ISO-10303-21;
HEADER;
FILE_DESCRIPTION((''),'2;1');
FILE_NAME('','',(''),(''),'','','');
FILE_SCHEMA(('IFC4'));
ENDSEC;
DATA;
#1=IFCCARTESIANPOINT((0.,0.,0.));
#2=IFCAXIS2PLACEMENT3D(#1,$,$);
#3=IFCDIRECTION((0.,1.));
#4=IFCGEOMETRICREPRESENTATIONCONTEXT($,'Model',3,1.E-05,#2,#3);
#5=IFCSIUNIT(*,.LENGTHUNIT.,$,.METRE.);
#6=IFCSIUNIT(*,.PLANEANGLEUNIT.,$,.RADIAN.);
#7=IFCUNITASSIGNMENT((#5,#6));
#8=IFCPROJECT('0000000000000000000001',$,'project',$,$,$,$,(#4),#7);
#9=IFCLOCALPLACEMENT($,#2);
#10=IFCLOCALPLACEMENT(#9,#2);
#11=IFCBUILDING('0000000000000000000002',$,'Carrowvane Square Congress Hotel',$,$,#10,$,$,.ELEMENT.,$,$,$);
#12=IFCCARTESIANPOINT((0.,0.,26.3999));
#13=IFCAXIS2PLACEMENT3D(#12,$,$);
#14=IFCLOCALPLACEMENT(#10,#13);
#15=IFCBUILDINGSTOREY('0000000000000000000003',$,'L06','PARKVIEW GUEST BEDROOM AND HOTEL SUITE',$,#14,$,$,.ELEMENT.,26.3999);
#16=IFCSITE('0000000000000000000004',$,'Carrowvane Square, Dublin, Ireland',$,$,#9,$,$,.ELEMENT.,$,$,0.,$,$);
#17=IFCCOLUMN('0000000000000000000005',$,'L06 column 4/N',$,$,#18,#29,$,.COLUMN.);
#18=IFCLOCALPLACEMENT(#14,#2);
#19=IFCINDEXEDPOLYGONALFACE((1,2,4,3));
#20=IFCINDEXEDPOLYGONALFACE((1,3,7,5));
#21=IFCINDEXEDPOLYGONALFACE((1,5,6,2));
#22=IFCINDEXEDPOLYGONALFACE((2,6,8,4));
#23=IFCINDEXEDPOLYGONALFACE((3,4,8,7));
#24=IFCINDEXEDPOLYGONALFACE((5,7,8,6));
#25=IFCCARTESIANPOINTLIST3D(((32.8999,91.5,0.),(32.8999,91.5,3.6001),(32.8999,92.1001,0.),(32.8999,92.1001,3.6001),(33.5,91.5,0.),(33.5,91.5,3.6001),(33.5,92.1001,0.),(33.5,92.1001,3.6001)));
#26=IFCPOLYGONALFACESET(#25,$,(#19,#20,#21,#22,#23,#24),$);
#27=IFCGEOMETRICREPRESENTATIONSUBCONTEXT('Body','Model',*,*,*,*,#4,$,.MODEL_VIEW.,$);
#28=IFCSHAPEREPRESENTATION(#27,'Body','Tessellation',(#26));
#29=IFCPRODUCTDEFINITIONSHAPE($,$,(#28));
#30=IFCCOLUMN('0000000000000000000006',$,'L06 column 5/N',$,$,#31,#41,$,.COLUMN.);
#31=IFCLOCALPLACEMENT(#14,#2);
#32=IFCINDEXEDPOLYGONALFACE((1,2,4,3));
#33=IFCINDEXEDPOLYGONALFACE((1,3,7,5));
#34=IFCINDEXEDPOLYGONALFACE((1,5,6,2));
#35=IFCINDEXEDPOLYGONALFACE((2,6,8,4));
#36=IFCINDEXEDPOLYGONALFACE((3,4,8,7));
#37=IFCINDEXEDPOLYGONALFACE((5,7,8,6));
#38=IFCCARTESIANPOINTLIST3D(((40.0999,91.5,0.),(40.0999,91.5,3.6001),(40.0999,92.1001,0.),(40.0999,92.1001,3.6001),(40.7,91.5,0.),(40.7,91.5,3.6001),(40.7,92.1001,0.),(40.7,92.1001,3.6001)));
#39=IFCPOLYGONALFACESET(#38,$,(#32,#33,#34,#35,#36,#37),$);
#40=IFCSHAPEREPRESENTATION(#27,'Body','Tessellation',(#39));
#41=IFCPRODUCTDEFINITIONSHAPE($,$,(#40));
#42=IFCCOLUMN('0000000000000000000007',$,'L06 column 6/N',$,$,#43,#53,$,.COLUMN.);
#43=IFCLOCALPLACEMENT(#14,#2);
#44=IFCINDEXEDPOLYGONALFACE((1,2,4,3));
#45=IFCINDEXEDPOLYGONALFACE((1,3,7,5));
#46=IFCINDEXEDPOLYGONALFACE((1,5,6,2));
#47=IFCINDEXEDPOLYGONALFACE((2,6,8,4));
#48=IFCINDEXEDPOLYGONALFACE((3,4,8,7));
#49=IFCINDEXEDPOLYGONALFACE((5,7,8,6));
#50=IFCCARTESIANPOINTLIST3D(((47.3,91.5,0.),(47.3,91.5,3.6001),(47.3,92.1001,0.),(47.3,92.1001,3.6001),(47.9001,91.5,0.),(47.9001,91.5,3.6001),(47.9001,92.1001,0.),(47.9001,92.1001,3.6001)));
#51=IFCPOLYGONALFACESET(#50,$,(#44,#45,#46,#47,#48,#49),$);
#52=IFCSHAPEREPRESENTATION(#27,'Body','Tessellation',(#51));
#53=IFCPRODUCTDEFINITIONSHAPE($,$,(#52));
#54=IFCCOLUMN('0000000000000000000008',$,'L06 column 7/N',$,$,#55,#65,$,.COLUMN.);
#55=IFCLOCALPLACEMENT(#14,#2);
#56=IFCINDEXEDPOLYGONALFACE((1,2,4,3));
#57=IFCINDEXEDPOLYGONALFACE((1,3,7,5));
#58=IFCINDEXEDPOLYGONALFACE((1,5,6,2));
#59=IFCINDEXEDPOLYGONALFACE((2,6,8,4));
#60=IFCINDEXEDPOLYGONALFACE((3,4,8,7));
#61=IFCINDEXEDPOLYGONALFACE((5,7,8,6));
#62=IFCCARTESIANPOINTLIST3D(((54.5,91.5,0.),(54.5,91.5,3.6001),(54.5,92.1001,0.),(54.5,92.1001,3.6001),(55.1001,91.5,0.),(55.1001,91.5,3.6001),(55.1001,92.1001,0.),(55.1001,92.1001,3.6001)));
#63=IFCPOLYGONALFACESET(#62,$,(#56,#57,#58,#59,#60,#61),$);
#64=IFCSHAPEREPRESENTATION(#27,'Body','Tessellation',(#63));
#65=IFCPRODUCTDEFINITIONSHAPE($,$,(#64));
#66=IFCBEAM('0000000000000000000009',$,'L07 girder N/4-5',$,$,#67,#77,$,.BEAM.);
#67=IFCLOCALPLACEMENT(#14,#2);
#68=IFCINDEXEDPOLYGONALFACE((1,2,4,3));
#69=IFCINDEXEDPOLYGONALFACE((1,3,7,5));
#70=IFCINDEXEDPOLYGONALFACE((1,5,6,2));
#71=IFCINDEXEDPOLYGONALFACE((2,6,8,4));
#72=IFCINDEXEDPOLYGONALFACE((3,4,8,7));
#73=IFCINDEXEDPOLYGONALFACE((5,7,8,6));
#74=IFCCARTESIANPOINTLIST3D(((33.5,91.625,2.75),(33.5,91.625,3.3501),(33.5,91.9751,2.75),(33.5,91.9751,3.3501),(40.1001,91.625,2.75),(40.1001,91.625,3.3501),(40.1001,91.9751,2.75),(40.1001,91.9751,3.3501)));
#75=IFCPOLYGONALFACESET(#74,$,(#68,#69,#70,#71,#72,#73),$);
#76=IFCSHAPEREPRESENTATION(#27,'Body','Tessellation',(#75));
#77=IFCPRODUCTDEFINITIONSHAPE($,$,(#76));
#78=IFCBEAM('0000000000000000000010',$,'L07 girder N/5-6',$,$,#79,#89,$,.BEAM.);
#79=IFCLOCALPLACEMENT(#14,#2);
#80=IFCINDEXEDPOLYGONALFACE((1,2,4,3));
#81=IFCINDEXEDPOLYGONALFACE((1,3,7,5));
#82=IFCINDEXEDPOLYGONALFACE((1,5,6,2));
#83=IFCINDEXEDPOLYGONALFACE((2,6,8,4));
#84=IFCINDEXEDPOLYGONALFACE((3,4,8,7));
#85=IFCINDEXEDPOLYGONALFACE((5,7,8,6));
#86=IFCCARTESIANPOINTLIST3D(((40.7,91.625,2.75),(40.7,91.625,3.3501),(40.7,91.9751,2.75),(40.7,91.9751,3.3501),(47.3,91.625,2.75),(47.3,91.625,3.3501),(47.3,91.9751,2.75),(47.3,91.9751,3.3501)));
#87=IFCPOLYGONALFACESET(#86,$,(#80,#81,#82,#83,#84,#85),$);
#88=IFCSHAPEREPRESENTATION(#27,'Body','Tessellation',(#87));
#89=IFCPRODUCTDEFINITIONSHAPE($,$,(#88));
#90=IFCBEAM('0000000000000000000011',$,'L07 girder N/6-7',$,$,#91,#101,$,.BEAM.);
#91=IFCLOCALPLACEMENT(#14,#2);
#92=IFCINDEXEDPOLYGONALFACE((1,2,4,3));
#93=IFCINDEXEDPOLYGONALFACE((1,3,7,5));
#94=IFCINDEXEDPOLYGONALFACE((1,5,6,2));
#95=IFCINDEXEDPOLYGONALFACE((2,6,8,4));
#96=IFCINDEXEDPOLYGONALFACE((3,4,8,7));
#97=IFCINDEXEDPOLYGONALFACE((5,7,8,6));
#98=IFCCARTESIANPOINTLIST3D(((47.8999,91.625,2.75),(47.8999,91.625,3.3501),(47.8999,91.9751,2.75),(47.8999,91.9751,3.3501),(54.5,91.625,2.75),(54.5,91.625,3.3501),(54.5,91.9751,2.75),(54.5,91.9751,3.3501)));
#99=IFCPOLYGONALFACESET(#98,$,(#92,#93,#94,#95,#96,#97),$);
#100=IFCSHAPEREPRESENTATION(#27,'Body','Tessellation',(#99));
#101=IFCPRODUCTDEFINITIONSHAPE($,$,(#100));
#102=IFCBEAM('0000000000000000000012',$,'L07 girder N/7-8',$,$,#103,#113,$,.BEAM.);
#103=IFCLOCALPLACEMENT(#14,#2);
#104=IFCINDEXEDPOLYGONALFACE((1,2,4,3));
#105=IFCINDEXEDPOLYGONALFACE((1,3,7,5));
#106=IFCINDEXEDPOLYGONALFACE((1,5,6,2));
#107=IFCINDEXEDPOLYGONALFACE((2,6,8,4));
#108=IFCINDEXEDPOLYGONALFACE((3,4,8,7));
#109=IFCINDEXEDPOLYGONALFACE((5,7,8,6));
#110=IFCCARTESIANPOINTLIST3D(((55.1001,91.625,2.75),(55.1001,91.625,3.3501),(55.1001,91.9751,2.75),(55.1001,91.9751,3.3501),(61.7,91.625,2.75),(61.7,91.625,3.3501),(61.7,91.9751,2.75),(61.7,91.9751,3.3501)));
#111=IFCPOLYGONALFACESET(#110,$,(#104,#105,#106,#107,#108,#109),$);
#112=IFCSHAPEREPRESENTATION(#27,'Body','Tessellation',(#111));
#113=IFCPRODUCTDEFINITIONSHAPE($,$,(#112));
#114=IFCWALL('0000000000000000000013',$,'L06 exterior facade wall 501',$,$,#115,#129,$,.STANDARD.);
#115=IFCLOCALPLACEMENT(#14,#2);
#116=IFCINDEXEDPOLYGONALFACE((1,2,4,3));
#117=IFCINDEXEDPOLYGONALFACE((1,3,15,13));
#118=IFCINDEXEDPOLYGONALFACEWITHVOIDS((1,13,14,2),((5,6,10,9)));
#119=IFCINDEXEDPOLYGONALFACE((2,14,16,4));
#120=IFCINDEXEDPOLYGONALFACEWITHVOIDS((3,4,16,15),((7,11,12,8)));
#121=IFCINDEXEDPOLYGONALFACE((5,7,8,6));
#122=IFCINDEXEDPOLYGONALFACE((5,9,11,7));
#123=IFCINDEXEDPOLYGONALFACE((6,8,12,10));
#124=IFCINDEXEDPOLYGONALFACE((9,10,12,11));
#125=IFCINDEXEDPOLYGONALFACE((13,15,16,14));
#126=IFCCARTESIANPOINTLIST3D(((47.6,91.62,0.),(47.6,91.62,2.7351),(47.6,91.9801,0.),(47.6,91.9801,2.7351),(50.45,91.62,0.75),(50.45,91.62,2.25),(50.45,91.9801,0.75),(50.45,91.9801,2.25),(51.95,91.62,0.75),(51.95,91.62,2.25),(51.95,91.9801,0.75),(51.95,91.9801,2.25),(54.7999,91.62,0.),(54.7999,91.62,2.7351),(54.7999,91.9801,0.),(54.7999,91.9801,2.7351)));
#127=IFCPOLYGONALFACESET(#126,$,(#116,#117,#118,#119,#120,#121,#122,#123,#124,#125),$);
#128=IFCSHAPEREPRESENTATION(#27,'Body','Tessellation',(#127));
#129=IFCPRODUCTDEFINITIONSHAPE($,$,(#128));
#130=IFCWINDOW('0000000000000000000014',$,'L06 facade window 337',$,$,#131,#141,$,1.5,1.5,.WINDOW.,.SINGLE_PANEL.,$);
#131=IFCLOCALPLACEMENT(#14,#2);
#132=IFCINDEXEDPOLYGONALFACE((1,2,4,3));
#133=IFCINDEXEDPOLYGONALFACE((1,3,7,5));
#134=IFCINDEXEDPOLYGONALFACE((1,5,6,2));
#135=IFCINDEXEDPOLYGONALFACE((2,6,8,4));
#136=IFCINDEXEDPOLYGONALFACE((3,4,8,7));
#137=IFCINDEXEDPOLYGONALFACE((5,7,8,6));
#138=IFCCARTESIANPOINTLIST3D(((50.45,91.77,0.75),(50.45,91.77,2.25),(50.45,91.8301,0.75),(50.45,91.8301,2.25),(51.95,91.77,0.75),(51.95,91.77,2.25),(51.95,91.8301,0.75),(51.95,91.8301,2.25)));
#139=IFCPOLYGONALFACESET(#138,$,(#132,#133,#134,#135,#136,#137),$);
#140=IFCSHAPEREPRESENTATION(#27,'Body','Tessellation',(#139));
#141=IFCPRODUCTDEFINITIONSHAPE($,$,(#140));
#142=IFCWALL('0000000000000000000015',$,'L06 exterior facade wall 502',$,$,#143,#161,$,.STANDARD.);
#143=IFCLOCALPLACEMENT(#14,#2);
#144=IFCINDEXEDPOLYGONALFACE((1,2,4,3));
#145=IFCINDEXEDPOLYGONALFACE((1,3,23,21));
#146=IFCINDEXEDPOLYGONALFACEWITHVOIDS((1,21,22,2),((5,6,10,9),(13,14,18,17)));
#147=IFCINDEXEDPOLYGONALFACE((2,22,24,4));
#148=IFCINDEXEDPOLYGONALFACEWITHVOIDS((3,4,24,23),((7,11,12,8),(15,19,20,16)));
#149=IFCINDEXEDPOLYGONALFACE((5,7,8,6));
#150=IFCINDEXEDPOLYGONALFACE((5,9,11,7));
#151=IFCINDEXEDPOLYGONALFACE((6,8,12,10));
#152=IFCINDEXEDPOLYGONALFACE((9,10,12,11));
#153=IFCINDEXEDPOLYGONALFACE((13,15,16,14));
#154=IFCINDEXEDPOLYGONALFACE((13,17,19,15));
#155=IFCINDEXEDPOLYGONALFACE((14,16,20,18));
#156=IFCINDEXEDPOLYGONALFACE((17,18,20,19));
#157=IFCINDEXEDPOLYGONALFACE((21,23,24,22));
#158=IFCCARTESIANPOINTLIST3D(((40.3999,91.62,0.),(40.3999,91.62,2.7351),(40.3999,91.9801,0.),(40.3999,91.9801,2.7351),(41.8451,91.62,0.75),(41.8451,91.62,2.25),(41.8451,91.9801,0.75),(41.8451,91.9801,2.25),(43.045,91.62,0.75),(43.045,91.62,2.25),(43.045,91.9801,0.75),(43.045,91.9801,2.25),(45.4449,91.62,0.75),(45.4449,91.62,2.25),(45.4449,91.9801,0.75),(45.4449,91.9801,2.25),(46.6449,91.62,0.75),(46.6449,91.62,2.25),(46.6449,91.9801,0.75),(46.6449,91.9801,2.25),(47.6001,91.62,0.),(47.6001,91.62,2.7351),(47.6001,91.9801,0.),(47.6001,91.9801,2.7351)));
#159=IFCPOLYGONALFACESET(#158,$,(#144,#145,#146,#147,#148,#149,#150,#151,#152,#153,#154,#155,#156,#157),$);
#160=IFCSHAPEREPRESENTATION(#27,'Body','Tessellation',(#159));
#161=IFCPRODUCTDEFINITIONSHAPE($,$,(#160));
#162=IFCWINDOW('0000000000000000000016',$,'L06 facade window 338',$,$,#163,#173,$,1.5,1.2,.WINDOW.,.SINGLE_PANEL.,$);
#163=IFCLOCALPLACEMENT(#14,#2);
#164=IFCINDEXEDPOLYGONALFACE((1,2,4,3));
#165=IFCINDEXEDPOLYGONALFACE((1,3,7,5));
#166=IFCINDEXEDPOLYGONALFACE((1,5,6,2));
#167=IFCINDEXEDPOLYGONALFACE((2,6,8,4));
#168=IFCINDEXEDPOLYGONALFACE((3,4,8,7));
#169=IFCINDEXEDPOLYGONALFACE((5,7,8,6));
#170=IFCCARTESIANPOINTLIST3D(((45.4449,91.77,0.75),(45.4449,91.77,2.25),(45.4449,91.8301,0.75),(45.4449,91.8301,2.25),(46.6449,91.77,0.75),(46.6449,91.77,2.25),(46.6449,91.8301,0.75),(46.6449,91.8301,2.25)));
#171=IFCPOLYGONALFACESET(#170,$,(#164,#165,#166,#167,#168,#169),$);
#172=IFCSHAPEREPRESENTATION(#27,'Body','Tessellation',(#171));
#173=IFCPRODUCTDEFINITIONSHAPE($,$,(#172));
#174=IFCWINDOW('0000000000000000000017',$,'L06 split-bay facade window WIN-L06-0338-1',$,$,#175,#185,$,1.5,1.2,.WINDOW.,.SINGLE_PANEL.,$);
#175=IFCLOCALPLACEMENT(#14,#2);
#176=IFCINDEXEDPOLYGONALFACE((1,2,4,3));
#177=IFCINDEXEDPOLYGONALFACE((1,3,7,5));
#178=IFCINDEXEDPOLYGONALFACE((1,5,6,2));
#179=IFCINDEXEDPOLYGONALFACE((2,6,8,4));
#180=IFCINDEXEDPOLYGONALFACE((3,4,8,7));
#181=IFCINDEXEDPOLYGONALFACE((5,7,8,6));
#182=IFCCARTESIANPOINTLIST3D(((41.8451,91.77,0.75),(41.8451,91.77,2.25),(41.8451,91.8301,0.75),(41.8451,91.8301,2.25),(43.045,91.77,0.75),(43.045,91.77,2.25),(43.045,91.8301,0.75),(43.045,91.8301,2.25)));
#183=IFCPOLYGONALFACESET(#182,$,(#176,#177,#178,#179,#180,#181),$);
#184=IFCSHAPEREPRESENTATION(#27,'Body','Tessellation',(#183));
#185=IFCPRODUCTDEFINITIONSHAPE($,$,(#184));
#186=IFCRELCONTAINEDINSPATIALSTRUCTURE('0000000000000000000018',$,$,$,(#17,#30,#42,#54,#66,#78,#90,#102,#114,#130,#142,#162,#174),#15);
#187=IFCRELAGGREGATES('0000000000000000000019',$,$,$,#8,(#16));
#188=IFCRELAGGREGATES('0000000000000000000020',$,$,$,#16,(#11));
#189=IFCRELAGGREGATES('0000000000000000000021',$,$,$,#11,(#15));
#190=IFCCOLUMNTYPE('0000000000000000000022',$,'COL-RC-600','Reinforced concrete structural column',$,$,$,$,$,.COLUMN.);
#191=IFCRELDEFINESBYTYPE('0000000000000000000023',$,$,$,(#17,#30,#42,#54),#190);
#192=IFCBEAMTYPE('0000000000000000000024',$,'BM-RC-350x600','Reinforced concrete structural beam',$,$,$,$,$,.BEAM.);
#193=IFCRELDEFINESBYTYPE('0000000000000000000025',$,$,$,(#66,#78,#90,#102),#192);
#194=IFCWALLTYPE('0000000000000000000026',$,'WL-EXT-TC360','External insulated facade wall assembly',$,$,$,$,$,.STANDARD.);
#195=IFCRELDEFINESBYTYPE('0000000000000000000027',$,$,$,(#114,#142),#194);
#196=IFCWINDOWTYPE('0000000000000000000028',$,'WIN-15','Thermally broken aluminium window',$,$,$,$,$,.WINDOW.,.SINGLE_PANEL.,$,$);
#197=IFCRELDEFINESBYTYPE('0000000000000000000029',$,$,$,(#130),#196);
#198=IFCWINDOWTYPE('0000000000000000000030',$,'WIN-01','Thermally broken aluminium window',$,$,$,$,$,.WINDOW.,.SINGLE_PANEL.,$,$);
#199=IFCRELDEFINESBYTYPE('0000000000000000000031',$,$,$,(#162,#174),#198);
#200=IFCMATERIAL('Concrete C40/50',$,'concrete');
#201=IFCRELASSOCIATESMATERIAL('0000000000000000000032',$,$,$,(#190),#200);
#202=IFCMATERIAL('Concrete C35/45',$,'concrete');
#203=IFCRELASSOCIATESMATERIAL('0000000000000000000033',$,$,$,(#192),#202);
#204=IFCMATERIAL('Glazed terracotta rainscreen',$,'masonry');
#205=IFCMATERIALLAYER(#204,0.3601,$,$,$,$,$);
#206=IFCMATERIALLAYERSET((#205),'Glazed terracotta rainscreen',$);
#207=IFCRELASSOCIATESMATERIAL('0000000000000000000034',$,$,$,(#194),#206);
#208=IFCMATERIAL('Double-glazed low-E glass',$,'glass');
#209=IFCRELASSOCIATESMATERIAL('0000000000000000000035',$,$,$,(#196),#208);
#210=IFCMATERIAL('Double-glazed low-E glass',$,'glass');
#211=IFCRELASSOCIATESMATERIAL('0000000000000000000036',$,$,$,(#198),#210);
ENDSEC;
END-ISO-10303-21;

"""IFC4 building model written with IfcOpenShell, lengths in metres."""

from ifc_helpers import new_model, si_unit, direction, frame, frame_2d, origin, origin_2d, place, context, subcontext, project, spatial, rectangle, extrude, material, layer, layer_set, material_profile, profile_set, type_object, element, fill, save


model = new_model("IFC4")

# Units and contexts
model_context = context("Model", 3, precision=1e-05, world=origin(), true_north=direction((0.0, 1.0)))
body_context = subcontext(model_context, "Body", "Model", "MODEL_VIEW")
ifc_project = project(units=[si_unit("LENGTHUNIT", "METRE"), si_unit("PLANEANGLEUNIT", "RADIAN")], contexts=[model_context])

# Site, building, storey
site_placement = place(None, origin())
site = spatial("IfcSite", under=ifc_project, at=site_placement, Name="Carrowvane Square, Dublin, Ireland", CompositionType="ELEMENT", RefElevation=0.0)
building_placement = place(site_placement, origin())
building = spatial("IfcBuilding", under=site, at=building_placement, Name="Carrowvane Square Congress Hotel", CompositionType="ELEMENT")
storey_placement = place(building_placement, frame((0.0, 0.0, 26.3999)))
storey = spatial("IfcBuildingStorey", under=building, at=storey_placement, Name="L06", Description="PARKVIEW GUEST BEDROOM AND HOTEL SUITE", CompositionType="ELEMENT", Elevation=26.3999)

# Columns
ifc_material_1 = material(Name="Concrete C40/50", Category="concrete")
ifc_material_profile_1 = material_profile(ifc_material_1, rectangle(XDim=0.6001, YDim=0.6001, at=origin_2d()), Name="RC 600x600")
ifc_profile_set_1 = profile_set([ifc_material_profile_1], Name="Concrete C40/50")
column_type = type_object("IfcColumnType", Name="COL-RC-600", Description="Reinforced concrete structural column", PredefinedType="COLUMN", material=ifc_profile_set_1)
for number, where, z_axis, x_axis, name in (
    (1, (33.2, 91.8, 0.0), (0.0, 0.0, 1.0), (1.0, 0.0, 0.0), "L06 column 4/N"),
    (2, (40.3999, 91.8, 0.0), (0.0, 0.0, 1.0), (1.0, 0.0, 0.0), "L06 column 5/N"),
    (3, (47.6001, 91.8, 0.0), (0.0, 0.0, 1.0), (1.0, 0.0, 0.0), "L06 column 6/N"),
    (4, (54.8, 91.8, 0.0), (0.0, 0.0, 1.0), (1.0, 0.0, 0.0), "L06 column 7/N"),
):
    element("IfcColumn", number, at=place(storey_placement, frame(where, z_axis=z_axis, x_axis=x_axis)), inside=storey, type_object=column_type, Name=name, PredefinedType="COLUMN", context=body_context, shape_type="SweptSolid", body=[
        extrude(rectangle(XDim=0.6001, YDim=0.6001, at=origin_2d()), origin(), (0.0, 0.0, 1.0), 3.6001),
    ])

# Beams
ifc_material_2 = material(Name="Concrete C35/45", Category="concrete")
ifc_material_profile_2 = material_profile(ifc_material_2, rectangle(XDim=0.3501, YDim=0.6001, at=origin_2d()), Name="RC 350x600")
ifc_profile_set_2 = profile_set([ifc_material_profile_2], Name="Concrete C35/45")
beam_type = type_object("IfcBeamType", Name="BM-RC-350x600", Description="Reinforced concrete structural beam", PredefinedType="BEAM", material=ifc_profile_set_2)
for number, where, z_axis, x_axis, name in (
    (5, (33.5, 91.8, 3.05), (1.0, 0.0, 0.0), (0.0, 1.0, 0.0), "L07 girder N/4-5"),
    (6, (40.7, 91.8, 3.05), (1.0, 0.0, 0.0), (0.0, 1.0, 0.0), "L07 girder N/5-6"),
    (7, (47.8999, 91.8, 3.05), (1.0, 0.0, 0.0), (0.0, 1.0, 0.0), "L07 girder N/6-7"),
):
    element("IfcBeam", number, at=place(storey_placement, frame(where, z_axis=z_axis, x_axis=x_axis)), inside=storey, type_object=beam_type, Name=name, PredefinedType="BEAM", context=body_context, shape_type="SweptSolid", body=[
        extrude(rectangle(XDim=0.3501, YDim=0.6001, at=origin_2d()), origin(), (0.0, 0.0, 1.0), 6.6001),
    ])
beam_placement = place(storey_placement, frame((55.1001, 91.8, 3.05), z_axis=(1.0, 0.0, 0.0), x_axis=(0.0, 1.0, 0.0)))
element("IfcBeam", 8, at=beam_placement, inside=storey, type_object=beam_type, Name="L07 girder N/7-8", PredefinedType="BEAM", context=body_context, shape_type="SweptSolid", body=[
    extrude(rectangle(XDim=0.3501, YDim=0.6001, at=origin_2d()), origin(), (0.0, 0.0, 1.0), 6.5999),
])

# Wall, opening, window
ifc_material_3 = material(Name="Glazed terracotta rainscreen", Category="masonry")
ifc_layer = layer(ifc_material_3, 0.3601)
ifc_layer_set = layer_set([ifc_layer], Name="Glazed terracotta rainscreen")
wall_type = type_object("IfcWallType", Name="WL-EXT-TC360", Description="External insulated facade wall assembly", PredefinedType="STANDARD", material=ifc_layer_set)
wall_1_placement = place(storey_placement, frame((54.8, 91.8, 0.0), z_axis=(0.0, 0.0, 1.0), x_axis=(-1.0, 0.0, 0.0)))
wall_1 = element("IfcWall", 9, at=wall_1_placement, inside=storey, type_object=wall_type, Name="L06 exterior facade wall 501", PredefinedType="STANDARD", context=body_context, shape_type="SweptSolid", body=[
    extrude(rectangle(XDim=7.2, YDim=0.3601, at=frame_2d((3.6001, 0.0))), origin(), (0.0, 0.0, 1.0), 2.7351),
])
opening_1_placement = place(wall_1_placement, frame((2.8501, 0.0, 0.75)))
opening_1 = element("IfcOpeningElement", 10, at=opening_1_placement, cuts=wall_1, PredefinedType="OPENING", context=body_context, shape_type="SweptSolid", body=[
    extrude(rectangle(XDim=1.5, YDim=1.5, at=frame_2d((0.75, 0.75))), frame((0.0, 0.1899, 0.0), z_axis=(0.0, -1.0, 0.0), x_axis=(1.0, 0.0, 0.0)), (0.0, 0.0, 1.0), 0.3801),
])
ifc_material_4 = material(Name="Double-glazed low-E glass", Category="glass")
window_type_1 = type_object("IfcWindowType", Name="WIN-15", Description="Thermally broken aluminium window", PartitioningType="SINGLE_PANEL", PredefinedType="WINDOW", material=ifc_material_4)
window_1_placement = place(opening_1_placement, origin())
window_1 = element("IfcWindow", 11, at=window_1_placement, inside=storey, type_object=window_type_1, Name="L06 facade window 337", OverallHeight=1.5, OverallWidth=1.5, PartitioningType="SINGLE_PANEL", PredefinedType="WINDOW", context=body_context, shape_type="SweptSolid", body=[
    extrude(rectangle(XDim=1.5, YDim=1.5, at=frame_2d((0.75, 0.75))), frame((0.0, 0.03, 0.0), z_axis=(0.0, -1.0, 0.0), x_axis=(1.0, 0.0, 0.0)), (0.0, 0.0, 1.0), 0.0601),
])
fill(opening_1, window_1)

# Wall, openings, windows
wall_2_placement = place(storey_placement, frame((47.6001, 91.8, 0.0), z_axis=(0.0, 0.0, 1.0), x_axis=(-1.0, 0.0, 0.0)))
wall_2 = element("IfcWall", 12, at=wall_2_placement, inside=storey, type_object=wall_type, Name="L06 exterior facade wall 502", PredefinedType="STANDARD", context=body_context, shape_type="SweptSolid", body=[
    extrude(rectangle(XDim=7.2002, YDim=0.3601, at=frame_2d((3.6001, 0.0))), origin(), (0.0, 0.0, 1.0), 2.7351),
])
opening_2_placement = place(wall_2_placement, frame((0.9551, 0.0, 0.75)))
opening_2 = element("IfcOpeningElement", 13, at=opening_2_placement, cuts=wall_2, PredefinedType="OPENING", context=body_context, shape_type="SweptSolid", body=[
    extrude(rectangle(XDim=1.2, YDim=1.5, at=frame_2d((0.6001, 0.75))), frame((0.0, 0.1899, 0.0), z_axis=(0.0, -1.0, 0.0), x_axis=(1.0, 0.0, 0.0)), (0.0, 0.0, 1.0), 0.3801),
])
opening_3_placement = place(wall_2_placement, frame((4.5549, 0.0, 0.75)))
opening_3 = element("IfcOpeningElement", 14, at=opening_3_placement, cuts=wall_2, PredefinedType="OPENING", context=body_context, shape_type="SweptSolid", body=[
    extrude(rectangle(XDim=1.2, YDim=1.5, at=frame_2d((0.6001, 0.75))), frame((0.0, 0.1899, 0.0), z_axis=(0.0, -1.0, 0.0), x_axis=(1.0, 0.0, 0.0)), (0.0, 0.0, 1.0), 0.3801),
])
ifc_material_5 = material(Name="Double-glazed low-E glass", Category="glass")
window_type_2 = type_object("IfcWindowType", Name="WIN-01", Description="Thermally broken aluminium window", PartitioningType="SINGLE_PANEL", PredefinedType="WINDOW", material=ifc_material_5)
window_2_placement = place(opening_2_placement, origin())
window_2 = element("IfcWindow", 15, at=window_2_placement, inside=storey, type_object=window_type_2, Name="L06 facade window 338", OverallHeight=1.5, OverallWidth=1.2, PartitioningType="SINGLE_PANEL", PredefinedType="WINDOW", context=body_context, shape_type="SweptSolid", body=[
    extrude(rectangle(XDim=1.2, YDim=1.5, at=frame_2d((0.6001, 0.75))), frame((0.0, 0.03, 0.0), z_axis=(0.0, -1.0, 0.0), x_axis=(1.0, 0.0, 0.0)), (0.0, 0.0, 1.0), 0.0601),
])
fill(opening_2, window_2)
window_3_placement = place(opening_3_placement, origin())
window_3 = element("IfcWindow", 16, at=window_3_placement, inside=storey, type_object=window_type_2, Name="L06 split-bay facade window WIN-L06-0338-1", OverallHeight=1.5, OverallWidth=1.2, PartitioningType="SINGLE_PANEL", PredefinedType="WINDOW", context=body_context, shape_type="SweptSolid", body=[
    extrude(rectangle(XDim=1.2, YDim=1.5, at=frame_2d((0.6001, 0.75))), frame((0.0, 0.03, 0.0), z_axis=(0.0, -1.0, 0.0), x_axis=(1.0, 0.0, 0.0)), (0.0, 0.0, 1.0), 0.0601),
])
fill(opening_3, window_3)

save(model, "model.ifc")
